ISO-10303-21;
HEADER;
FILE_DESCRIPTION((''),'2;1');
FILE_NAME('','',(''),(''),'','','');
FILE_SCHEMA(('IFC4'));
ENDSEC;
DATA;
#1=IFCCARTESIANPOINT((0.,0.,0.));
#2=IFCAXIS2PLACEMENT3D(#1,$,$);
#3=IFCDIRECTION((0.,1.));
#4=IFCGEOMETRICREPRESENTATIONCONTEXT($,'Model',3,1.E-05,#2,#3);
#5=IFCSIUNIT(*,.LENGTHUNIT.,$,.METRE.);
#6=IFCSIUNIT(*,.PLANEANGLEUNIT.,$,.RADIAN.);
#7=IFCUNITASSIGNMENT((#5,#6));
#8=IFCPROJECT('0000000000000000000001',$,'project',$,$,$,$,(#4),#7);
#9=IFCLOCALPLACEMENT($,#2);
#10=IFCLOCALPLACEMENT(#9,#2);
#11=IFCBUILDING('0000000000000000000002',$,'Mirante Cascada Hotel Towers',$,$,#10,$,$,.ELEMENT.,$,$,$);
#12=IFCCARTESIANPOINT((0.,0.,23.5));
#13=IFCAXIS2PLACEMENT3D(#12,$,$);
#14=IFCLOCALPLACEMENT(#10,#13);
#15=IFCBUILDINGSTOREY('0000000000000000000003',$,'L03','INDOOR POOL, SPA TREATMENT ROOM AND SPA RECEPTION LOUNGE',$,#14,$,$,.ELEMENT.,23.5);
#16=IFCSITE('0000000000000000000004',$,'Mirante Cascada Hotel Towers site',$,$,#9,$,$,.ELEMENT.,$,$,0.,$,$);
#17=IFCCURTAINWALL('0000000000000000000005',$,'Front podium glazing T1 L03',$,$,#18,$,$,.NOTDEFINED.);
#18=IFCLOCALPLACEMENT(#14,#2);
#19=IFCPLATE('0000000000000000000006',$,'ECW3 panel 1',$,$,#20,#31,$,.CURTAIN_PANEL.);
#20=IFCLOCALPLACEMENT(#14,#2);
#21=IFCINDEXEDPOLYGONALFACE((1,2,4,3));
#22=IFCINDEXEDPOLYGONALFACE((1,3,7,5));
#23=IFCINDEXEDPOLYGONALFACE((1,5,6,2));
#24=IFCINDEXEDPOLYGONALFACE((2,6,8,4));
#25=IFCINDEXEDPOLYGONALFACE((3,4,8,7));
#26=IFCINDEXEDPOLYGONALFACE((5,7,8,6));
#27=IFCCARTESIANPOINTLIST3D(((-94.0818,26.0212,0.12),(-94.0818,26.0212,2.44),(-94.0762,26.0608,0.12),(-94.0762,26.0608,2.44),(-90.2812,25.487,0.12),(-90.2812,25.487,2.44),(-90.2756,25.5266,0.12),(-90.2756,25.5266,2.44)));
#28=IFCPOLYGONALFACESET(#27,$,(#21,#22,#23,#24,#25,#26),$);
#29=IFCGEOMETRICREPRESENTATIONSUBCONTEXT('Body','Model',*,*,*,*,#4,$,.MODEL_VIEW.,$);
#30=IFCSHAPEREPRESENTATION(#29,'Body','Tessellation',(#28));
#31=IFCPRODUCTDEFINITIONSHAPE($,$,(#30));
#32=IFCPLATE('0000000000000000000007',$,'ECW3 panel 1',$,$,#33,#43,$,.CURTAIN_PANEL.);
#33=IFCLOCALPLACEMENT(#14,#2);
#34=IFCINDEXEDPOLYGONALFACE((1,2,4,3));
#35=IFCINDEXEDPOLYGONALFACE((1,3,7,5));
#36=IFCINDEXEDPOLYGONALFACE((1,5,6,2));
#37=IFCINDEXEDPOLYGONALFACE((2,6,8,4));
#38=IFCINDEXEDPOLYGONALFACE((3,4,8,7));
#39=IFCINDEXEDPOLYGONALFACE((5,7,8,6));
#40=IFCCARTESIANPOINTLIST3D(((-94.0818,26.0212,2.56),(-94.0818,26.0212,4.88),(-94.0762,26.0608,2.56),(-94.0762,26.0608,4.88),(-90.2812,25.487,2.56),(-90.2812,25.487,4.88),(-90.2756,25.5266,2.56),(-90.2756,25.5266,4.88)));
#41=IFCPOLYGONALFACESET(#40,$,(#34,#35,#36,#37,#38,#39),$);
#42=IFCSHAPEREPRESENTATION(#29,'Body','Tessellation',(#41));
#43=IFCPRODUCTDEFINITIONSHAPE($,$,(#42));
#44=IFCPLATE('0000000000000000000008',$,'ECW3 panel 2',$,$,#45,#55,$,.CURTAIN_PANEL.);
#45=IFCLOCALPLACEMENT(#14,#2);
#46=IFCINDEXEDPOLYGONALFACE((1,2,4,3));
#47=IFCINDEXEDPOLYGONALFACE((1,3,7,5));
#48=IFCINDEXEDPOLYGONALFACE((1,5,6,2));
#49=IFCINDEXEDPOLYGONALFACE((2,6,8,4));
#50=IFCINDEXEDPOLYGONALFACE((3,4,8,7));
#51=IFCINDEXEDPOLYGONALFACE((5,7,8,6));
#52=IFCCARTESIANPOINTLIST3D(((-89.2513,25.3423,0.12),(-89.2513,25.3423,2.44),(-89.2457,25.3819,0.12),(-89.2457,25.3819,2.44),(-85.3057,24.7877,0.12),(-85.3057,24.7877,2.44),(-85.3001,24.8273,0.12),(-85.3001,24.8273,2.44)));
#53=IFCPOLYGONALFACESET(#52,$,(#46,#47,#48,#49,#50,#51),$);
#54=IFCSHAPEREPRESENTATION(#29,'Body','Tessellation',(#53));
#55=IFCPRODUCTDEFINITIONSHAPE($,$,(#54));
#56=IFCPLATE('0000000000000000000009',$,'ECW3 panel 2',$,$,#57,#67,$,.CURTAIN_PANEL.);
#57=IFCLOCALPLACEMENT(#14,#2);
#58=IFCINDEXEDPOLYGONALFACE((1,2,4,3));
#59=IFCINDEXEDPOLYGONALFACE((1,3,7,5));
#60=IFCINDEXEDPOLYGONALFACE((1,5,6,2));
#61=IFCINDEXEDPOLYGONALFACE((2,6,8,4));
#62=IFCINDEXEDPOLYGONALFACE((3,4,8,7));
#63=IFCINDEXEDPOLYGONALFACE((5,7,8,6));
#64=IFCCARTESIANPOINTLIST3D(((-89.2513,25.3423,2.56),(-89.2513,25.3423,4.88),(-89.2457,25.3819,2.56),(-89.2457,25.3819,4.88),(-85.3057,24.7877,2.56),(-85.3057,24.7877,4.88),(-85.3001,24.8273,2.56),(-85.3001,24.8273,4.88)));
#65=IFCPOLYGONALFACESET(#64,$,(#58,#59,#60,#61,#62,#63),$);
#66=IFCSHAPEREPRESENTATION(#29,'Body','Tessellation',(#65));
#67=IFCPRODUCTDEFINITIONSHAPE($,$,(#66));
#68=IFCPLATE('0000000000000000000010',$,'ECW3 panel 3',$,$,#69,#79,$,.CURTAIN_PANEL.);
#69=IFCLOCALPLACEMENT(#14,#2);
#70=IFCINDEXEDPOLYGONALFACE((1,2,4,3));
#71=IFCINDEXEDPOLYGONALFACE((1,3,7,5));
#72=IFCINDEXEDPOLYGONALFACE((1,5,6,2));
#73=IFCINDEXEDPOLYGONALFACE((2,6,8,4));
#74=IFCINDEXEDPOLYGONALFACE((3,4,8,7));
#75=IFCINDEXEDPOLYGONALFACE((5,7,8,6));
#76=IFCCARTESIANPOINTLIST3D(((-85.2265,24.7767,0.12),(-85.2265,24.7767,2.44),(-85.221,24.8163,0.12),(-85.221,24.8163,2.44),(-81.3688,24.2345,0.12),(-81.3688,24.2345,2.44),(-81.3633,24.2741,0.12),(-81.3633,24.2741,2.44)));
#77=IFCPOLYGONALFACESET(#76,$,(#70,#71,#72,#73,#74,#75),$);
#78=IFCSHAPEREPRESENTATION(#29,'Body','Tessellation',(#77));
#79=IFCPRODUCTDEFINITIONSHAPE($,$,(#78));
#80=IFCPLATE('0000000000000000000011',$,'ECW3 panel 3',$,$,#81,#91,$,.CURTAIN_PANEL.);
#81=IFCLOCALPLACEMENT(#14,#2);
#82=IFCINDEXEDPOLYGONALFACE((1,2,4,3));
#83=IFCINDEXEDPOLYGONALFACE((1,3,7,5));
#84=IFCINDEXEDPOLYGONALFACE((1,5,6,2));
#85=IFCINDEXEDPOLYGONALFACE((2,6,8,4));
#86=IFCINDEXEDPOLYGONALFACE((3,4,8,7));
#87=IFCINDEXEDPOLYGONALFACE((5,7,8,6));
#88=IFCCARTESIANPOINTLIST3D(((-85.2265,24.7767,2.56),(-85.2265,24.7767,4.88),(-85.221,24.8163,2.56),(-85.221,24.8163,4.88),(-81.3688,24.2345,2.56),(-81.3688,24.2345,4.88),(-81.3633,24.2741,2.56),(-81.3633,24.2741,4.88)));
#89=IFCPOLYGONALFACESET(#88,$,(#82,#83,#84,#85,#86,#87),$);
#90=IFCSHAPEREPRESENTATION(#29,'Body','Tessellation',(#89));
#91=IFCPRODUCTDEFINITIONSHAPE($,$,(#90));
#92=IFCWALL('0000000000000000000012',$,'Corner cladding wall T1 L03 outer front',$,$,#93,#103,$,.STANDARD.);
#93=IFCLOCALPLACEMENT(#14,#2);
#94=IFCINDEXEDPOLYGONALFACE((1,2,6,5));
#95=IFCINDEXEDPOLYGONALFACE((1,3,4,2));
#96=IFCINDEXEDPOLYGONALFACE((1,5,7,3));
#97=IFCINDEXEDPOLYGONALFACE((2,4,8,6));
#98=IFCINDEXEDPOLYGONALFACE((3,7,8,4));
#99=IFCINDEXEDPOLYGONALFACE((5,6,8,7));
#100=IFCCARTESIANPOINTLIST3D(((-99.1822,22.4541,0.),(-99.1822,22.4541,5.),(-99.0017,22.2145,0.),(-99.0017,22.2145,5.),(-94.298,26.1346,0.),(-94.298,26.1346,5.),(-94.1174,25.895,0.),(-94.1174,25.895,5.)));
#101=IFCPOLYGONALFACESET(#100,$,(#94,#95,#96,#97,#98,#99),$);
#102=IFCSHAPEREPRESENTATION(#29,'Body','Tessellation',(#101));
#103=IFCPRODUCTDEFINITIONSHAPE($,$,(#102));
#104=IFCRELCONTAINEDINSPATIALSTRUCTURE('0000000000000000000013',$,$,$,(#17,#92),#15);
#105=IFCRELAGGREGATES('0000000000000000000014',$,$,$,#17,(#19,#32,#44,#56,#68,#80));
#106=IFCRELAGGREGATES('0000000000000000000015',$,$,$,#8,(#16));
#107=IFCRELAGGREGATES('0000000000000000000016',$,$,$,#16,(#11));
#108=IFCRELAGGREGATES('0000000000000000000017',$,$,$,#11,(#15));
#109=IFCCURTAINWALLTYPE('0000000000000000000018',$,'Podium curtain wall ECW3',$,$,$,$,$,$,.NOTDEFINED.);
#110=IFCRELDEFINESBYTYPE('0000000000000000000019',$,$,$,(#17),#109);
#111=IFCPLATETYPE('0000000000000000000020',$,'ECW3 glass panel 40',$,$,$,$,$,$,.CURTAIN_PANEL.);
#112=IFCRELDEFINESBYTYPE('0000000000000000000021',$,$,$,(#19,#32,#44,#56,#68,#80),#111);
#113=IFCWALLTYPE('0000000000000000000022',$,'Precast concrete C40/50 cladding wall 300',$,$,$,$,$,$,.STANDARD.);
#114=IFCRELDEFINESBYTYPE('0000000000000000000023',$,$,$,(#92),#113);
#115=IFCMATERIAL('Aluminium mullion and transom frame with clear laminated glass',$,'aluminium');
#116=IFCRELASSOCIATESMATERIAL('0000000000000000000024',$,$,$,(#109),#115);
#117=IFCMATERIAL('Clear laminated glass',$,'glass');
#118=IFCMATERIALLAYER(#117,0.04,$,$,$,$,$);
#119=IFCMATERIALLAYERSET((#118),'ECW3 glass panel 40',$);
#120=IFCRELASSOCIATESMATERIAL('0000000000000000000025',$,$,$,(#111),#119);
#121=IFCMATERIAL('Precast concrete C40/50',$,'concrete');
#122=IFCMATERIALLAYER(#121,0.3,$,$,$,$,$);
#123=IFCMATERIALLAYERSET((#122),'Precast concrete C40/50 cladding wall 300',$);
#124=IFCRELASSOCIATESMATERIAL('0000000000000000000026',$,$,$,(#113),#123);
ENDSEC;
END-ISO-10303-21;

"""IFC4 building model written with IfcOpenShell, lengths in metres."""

from ifc_helpers import new_model, si_unit, direction, frame, frame_2d, origin, origin_2d, place, context, subcontext, project, spatial, rectangle, extrude, material, layer, layer_set, type_object, element, aggregate, save


model = new_model("IFC4")

# Units and contexts
model_context = context("Model", 3, precision=1e-05, world=origin(), true_north=direction((0.0, 1.0)))
body_context = subcontext(model_context, "Body", "Model", "MODEL_VIEW")
ifc_project = project(units=[si_unit("LENGTHUNIT", "METRE"), si_unit("PLANEANGLEUNIT", "RADIAN")], contexts=[model_context])

# Site, building, storey
site_placement = place(None, origin())
site = spatial("IfcSite", under=ifc_project, at=site_placement, Name="Mirante Cascada Hotel Towers site", CompositionType="ELEMENT", RefElevation=0.0)
building_placement = place(site_placement, origin())
building = spatial("IfcBuilding", under=site, at=building_placement, Name="Mirante Cascada Hotel Towers", CompositionType="ELEMENT")
storey_placement = place(building_placement, frame((0.0, 0.0, 23.5)))
storey = spatial("IfcBuildingStorey", under=building, at=storey_placement, Name="L03", Description="INDOOR POOL, SPA TREATMENT ROOM AND SPA RECEPTION LOUNGE", CompositionType="ELEMENT", Elevation=23.5)

# Curtain wall
ifc_material_1 = material(Name="Aluminium mullion and transom frame with clear laminated glass", Category="aluminium")
curtain_wall_type = type_object("IfcCurtainWallType", Name="Podium curtain wall ECW3", PredefinedType="NOTDEFINED", material=ifc_material_1)
curtain_wall_1_placement = place(storey_placement, origin())
curtain_wall_1 = element("IfcCurtainWall", 1, at=curtain_wall_1_placement, inside=storey, type_object=curtain_wall_type, Name="Front podium glazing T1 L03", PredefinedType="NOTDEFINED")

# Plates
ifc_material_2 = material(Name="Clear laminated glass", Category="glass")
ifc_layer_1 = layer(ifc_material_2, 0.04)
ifc_layer_set_1 = layer_set([ifc_layer_1], Name="ECW3 glass panel 40")
plate_type = type_object("IfcPlateType", Name="ECW3 glass panel 40", PredefinedType="CURTAIN_PANEL", material=ifc_layer_set_1)
plate_1_placement = place(storey_placement, frame((-92.1787, 25.7739, 0.12), z_axis=(0.0, 0.0, 1.0), x_axis=(0.990268, -0.139173, 0.0)))
plate_1 = element("IfcPlate", 2, at=plate_1_placement, type_object=plate_type, Name="ECW3 panel 1", PredefinedType="CURTAIN_PANEL", context=body_context, shape_type="SweptSolid", body=[
    extrude(rectangle(XDim=3.8379, YDim=0.04, at=origin_2d()), origin(), (0.0, 0.0, 1.0), 2.32),
])
plate_2_placement = place(storey_placement, frame((-92.1787, 25.7739, 2.56), z_axis=(0.0, 0.0, 1.0), x_axis=(0.990268, -0.139173, 0.0)))
plate_2 = element("IfcPlate", 3, at=plate_2_placement, type_object=plate_type, Name="ECW3 panel 1", PredefinedType="CURTAIN_PANEL", context=body_context, shape_type="SweptSolid", body=[
    extrude(rectangle(XDim=3.8379, YDim=0.04, at=origin_2d()), origin(), (0.0, 0.0, 1.0), 2.32),
])
plate_3_placement = place(storey_placement, frame((-87.2757, 25.0848, 0.12), z_axis=(0.0, 0.0, 1.0), x_axis=(0.990268, -0.139173, 0.0)))
plate_3 = element("IfcPlate", 4, at=plate_3_placement, type_object=plate_type, Name="ECW3 panel 2", PredefinedType="CURTAIN_PANEL", context=body_context, shape_type="SweptSolid", body=[
    extrude(rectangle(XDim=3.9844, YDim=0.04, at=origin_2d()), origin(), (0.0, 0.0, 1.0), 2.32),
])
plate_4_placement = place(storey_placement, frame((-87.2757, 25.0848, 2.56), z_axis=(0.0, 0.0, 1.0), x_axis=(0.990268, -0.139173, 0.0)))
plate_4 = element("IfcPlate", 5, at=plate_4_placement, type_object=plate_type, Name="ECW3 panel 2", PredefinedType="CURTAIN_PANEL", context=body_context, shape_type="SweptSolid", body=[
    extrude(rectangle(XDim=3.9844, YDim=0.04, at=origin_2d()), origin(), (0.0, 0.0, 1.0), 2.32),
])
plate_5_placement = place(storey_placement, frame((-83.2949, 24.5254, 0.12), z_axis=(0.0, 0.0, 1.0), x_axis=(0.990268, -0.139173, 0.0)))
plate_5 = element("IfcPlate", 6, at=plate_5_placement, type_object=plate_type, Name="ECW3 panel 3", PredefinedType="CURTAIN_PANEL", context=body_context, shape_type="SweptSolid", body=[
    extrude(rectangle(XDim=3.8956, YDim=0.04, at=origin_2d()), origin(), (0.0, 0.0, 1.0), 2.32),
])
plate_6_placement = place(storey_placement, frame((-83.2949, 24.5254, 2.56), z_axis=(0.0, 0.0, 1.0), x_axis=(0.990268, -0.139173, 0.0)))
plate_6 = element("IfcPlate", 7, at=plate_6_placement, type_object=plate_type, Name="ECW3 panel 3", PredefinedType="CURTAIN_PANEL", context=body_context, shape_type="SweptSolid", body=[
    extrude(rectangle(XDim=3.8956, YDim=0.04, at=origin_2d()), origin(), (0.0, 0.0, 1.0), 2.32),
])
aggregate(curtain_wall_1, [plate_1, plate_2, plate_3, plate_4, plate_5, plate_6])

# Wall
ifc_material_3 = material(Name="Precast concrete C40/50", Category="concrete")
ifc_layer_2 = layer(ifc_material_3, 0.3)
ifc_layer_set_2 = layer_set([ifc_layer_2], Name="Precast concrete C40/50 cladding wall 300")
wall_type = type_object("IfcWallType", Name="Precast concrete C40/50 cladding wall 300", PredefinedType="STANDARD", material=ifc_layer_set_2)
wall_placement = place(storey_placement, frame((-99.0919, 22.3343, 0.0), z_axis=(0.0, 0.0, 1.0), x_axis=(0.798636, 0.601814, 0.0)))
element("IfcWall", 8, at=wall_placement, inside=storey, type_object=wall_type, Name="Corner cladding wall T1 L03 outer front", PredefinedType="STANDARD", context=body_context, shape_type="SweptSolid", body=[
    extrude(rectangle(XDim=6.1157, YDim=0.3, at=frame_2d((3.0578, 0.0))), origin(), (0.0, 0.0, 1.0), 5.0),
])

save(model, "model.ifc")
